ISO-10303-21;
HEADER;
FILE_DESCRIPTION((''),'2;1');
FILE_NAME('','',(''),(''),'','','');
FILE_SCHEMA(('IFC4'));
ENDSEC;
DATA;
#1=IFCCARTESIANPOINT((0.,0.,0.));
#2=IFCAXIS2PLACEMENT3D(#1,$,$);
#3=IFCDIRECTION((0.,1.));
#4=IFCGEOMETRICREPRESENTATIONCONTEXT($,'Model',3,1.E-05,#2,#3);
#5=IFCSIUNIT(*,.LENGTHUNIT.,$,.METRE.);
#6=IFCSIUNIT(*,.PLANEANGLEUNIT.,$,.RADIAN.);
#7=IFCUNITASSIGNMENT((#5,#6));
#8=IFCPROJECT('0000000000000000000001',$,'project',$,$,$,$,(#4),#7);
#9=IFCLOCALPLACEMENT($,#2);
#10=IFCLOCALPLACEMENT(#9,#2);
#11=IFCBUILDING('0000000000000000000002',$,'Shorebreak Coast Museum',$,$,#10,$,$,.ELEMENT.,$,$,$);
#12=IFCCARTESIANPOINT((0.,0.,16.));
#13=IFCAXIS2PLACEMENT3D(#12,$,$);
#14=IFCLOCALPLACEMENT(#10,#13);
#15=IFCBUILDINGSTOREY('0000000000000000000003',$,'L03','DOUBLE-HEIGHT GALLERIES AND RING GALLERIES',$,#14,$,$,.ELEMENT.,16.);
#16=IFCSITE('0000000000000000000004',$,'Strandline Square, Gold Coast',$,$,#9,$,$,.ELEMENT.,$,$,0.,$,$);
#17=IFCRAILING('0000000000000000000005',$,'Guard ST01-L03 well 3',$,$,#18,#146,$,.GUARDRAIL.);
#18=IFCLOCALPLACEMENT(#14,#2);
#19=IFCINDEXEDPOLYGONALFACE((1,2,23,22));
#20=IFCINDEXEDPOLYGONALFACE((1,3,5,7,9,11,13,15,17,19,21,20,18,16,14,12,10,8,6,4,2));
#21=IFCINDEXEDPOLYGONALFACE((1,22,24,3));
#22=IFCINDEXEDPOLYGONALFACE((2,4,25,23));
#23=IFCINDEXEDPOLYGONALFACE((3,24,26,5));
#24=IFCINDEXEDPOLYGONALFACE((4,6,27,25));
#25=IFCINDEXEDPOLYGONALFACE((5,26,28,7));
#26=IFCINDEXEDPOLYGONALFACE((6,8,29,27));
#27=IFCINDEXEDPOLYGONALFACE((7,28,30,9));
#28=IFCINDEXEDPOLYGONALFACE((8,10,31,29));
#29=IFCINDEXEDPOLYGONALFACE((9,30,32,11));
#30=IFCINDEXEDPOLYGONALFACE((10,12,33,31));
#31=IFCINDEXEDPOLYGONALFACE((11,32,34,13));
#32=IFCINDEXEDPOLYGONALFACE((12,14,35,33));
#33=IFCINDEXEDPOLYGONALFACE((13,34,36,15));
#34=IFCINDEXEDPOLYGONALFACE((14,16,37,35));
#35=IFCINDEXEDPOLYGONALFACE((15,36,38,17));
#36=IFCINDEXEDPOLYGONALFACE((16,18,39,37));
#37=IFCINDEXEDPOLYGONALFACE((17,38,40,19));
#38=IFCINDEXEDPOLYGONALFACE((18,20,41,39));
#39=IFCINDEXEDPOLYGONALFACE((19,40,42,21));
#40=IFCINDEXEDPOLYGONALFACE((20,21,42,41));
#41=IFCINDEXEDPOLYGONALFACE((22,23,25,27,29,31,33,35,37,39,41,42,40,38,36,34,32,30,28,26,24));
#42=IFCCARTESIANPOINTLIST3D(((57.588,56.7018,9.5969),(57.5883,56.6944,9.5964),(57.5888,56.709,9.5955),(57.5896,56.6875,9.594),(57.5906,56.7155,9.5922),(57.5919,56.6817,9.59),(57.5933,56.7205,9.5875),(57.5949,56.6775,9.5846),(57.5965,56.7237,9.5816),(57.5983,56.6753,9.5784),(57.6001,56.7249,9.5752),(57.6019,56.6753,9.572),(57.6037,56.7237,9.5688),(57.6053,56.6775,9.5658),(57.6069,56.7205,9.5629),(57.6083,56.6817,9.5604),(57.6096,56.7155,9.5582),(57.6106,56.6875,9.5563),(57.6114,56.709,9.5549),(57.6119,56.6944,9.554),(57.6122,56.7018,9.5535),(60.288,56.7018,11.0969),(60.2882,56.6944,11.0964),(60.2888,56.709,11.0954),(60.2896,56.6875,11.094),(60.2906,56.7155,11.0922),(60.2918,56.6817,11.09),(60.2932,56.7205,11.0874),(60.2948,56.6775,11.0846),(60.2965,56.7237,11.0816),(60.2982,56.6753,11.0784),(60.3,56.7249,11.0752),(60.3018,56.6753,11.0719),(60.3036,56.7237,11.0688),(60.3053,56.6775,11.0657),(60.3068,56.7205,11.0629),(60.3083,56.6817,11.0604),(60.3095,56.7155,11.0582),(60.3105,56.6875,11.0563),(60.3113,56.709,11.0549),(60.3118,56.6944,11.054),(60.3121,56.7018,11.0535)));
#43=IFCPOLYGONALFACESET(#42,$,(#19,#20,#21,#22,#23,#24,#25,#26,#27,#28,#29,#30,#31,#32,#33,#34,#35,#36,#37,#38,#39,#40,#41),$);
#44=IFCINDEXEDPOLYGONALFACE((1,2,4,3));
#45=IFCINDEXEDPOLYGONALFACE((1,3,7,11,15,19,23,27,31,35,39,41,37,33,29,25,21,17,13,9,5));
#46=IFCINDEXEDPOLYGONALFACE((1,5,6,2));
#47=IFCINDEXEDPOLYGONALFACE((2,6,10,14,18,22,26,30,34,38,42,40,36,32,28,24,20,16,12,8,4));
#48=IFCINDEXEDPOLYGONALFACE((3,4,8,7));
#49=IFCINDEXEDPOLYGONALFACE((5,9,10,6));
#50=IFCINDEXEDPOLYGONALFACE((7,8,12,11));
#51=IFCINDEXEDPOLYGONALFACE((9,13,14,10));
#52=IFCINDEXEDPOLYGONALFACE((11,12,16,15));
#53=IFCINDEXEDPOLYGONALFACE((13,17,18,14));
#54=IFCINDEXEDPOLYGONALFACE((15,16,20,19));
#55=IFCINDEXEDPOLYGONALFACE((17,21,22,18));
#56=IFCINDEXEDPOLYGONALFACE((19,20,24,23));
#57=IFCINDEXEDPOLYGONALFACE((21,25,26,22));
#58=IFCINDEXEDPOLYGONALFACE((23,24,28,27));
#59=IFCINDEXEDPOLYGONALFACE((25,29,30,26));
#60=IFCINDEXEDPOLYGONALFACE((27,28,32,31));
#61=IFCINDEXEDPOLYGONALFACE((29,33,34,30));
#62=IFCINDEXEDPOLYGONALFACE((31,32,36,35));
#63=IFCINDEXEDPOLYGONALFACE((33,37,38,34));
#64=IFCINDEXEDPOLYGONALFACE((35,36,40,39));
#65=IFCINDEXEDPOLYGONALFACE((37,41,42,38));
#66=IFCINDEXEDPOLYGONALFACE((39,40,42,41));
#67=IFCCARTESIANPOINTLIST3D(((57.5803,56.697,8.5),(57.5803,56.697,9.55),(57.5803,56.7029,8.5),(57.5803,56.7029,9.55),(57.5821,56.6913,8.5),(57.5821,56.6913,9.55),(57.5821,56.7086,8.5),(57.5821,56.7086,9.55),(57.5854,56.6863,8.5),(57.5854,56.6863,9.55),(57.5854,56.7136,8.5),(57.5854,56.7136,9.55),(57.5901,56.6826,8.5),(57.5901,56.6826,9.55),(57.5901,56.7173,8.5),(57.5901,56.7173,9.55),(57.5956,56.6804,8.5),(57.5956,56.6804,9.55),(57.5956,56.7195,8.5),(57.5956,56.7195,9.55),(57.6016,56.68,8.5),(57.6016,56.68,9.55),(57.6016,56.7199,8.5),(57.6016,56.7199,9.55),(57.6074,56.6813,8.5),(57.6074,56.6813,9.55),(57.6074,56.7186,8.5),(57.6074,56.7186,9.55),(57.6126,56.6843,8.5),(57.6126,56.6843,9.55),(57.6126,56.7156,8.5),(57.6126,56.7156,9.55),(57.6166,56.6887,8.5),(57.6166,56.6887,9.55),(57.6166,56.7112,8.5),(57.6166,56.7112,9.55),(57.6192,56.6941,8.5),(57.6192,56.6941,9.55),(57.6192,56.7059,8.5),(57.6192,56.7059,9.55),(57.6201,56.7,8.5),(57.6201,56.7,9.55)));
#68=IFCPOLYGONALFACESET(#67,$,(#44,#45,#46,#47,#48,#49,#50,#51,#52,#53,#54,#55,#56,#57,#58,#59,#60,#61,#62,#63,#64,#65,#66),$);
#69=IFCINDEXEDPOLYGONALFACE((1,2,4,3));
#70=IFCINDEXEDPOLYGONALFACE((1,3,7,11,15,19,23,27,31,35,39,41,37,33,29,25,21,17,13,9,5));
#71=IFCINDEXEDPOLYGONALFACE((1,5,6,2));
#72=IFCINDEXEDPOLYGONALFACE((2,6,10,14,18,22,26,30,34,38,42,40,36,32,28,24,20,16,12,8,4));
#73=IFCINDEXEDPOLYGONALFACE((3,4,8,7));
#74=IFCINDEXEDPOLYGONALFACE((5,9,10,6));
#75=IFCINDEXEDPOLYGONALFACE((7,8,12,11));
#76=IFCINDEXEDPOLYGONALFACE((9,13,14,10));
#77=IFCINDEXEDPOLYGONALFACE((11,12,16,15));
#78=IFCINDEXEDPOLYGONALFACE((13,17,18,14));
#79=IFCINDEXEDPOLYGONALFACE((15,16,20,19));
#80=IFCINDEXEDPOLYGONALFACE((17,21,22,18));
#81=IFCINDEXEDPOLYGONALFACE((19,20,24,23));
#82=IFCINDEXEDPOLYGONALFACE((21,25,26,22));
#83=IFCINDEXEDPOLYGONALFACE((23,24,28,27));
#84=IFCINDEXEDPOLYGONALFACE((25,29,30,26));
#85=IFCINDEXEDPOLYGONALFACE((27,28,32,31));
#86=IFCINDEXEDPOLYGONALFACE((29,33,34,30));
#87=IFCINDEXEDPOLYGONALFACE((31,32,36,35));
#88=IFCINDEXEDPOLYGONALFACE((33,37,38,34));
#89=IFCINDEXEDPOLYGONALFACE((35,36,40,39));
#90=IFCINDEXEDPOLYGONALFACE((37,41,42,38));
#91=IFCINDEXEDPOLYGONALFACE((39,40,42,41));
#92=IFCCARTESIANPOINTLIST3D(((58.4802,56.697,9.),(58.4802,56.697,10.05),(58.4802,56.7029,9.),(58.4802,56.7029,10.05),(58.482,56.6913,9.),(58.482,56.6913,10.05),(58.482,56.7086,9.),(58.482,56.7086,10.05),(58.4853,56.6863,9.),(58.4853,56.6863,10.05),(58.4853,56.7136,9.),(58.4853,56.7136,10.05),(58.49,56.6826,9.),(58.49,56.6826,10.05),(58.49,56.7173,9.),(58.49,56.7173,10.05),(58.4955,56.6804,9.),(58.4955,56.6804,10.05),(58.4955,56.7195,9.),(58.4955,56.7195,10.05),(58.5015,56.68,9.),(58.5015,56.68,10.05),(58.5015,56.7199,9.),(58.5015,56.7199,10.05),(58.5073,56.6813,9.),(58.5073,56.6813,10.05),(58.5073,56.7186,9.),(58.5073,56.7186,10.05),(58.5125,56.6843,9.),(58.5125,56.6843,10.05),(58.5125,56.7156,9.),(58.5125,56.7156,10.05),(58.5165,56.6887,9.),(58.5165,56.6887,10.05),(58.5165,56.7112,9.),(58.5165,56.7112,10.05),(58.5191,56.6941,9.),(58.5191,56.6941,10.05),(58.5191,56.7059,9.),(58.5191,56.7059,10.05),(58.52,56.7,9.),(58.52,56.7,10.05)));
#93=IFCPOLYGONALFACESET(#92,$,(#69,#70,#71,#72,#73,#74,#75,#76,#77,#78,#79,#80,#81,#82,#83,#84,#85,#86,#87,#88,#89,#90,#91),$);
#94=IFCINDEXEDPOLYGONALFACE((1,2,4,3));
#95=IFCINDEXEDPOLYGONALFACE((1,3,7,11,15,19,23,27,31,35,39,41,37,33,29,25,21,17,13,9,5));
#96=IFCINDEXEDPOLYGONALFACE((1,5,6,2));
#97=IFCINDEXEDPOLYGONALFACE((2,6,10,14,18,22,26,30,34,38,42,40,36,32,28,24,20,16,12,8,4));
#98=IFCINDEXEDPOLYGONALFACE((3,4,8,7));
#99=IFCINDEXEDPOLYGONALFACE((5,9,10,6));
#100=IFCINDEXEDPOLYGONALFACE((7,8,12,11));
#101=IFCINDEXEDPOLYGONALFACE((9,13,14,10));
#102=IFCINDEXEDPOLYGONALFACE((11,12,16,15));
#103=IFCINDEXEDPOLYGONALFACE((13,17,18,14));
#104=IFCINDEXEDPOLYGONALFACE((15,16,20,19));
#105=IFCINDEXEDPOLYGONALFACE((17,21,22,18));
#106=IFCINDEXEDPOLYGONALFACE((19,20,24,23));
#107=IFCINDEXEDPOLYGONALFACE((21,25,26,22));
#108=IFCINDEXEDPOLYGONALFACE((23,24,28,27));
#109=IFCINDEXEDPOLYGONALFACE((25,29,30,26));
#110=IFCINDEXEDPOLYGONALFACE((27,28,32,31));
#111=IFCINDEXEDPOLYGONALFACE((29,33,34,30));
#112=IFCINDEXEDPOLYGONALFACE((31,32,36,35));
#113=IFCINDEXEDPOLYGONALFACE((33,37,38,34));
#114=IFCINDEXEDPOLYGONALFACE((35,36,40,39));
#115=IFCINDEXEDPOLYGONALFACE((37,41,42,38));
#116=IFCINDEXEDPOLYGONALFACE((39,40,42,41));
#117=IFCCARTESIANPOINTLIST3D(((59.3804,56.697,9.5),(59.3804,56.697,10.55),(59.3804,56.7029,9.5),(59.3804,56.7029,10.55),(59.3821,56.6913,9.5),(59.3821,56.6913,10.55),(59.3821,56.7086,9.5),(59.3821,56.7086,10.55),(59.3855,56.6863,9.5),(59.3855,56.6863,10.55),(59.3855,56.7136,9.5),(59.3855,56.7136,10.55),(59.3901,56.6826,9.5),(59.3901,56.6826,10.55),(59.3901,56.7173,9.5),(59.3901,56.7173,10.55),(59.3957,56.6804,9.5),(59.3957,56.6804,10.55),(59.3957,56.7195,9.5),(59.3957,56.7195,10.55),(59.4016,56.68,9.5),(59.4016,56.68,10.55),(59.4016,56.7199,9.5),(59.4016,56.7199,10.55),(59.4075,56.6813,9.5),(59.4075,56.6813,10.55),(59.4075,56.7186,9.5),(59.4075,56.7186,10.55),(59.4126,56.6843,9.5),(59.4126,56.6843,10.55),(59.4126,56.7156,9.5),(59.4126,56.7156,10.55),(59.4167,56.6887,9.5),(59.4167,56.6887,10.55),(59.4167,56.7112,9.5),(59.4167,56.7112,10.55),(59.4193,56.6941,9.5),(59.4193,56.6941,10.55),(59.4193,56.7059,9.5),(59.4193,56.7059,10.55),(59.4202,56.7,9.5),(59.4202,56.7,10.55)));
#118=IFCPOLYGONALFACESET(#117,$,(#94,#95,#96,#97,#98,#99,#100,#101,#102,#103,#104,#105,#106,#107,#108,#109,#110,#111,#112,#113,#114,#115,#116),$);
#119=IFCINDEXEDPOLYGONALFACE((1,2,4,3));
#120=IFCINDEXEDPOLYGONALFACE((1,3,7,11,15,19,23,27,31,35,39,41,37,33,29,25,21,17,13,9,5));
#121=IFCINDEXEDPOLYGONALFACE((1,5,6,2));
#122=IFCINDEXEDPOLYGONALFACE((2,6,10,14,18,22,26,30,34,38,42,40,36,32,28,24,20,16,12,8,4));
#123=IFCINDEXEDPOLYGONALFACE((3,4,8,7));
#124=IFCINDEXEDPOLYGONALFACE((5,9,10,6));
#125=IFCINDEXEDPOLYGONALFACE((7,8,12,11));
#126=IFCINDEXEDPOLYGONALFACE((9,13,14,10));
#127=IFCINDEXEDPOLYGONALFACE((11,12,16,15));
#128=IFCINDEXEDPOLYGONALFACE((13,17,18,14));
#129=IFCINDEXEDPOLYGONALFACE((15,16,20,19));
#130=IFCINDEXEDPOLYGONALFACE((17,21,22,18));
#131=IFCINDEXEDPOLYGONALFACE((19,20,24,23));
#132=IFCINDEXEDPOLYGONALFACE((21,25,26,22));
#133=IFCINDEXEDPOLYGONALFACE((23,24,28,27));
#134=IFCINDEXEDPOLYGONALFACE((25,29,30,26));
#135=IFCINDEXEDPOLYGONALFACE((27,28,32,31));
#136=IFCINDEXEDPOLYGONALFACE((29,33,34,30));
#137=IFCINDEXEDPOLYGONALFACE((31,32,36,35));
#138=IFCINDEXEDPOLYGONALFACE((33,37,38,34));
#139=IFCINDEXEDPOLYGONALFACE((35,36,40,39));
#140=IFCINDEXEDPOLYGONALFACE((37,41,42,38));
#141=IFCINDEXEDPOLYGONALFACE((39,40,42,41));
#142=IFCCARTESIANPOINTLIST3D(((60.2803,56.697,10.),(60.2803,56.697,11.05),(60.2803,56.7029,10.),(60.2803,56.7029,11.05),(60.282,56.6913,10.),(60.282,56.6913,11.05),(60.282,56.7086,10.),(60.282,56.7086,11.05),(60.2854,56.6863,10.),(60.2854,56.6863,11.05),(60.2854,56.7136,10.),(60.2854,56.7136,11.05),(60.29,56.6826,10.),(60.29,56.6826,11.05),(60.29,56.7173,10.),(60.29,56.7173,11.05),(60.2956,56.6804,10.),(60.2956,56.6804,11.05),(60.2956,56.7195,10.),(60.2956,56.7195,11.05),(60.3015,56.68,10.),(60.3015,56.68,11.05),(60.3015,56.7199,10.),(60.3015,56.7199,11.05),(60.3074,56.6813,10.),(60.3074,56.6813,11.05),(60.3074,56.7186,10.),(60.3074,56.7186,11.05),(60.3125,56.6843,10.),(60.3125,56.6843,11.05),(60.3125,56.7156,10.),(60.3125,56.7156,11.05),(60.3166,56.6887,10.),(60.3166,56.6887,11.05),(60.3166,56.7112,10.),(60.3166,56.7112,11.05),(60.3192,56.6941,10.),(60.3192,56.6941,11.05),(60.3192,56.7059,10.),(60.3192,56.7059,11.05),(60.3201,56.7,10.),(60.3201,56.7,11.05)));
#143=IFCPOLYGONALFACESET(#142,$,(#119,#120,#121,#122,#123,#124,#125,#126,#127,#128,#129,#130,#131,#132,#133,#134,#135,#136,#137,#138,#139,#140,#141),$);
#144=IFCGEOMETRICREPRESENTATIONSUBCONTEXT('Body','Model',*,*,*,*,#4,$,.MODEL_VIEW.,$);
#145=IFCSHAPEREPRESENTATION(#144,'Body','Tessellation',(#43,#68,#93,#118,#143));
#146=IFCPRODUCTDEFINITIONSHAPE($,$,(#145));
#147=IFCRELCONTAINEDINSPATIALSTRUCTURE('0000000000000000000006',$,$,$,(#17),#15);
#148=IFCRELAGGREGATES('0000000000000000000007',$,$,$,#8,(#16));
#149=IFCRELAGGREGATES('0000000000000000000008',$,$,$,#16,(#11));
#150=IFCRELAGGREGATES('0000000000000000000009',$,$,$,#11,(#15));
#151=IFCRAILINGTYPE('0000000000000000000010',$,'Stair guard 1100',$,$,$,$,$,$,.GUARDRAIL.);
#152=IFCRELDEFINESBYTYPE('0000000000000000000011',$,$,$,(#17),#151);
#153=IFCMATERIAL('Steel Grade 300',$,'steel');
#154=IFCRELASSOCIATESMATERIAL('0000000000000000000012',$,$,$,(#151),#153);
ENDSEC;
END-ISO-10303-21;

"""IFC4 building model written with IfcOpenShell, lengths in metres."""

from ifc_helpers import new_model, si_unit, direction, frame, origin, origin_2d, place, context, subcontext, project, spatial, circle, extrude, material, type_object, element, save


model = new_model("IFC4")

# Units and contexts
model_context = context("Model", 3, precision=1e-05, world=origin(), true_north=direction((0.0, 1.0)))
body_context = subcontext(model_context, "Body", "Model", "MODEL_VIEW")
ifc_project = project(units=[si_unit("LENGTHUNIT", "METRE"), si_unit("PLANEANGLEUNIT", "RADIAN")], contexts=[model_context])

# Site, building, storey
site_placement = place(None, origin())
site = spatial("IfcSite", under=ifc_project, at=site_placement, Name="Strandline Square, Gold Coast", CompositionType="ELEMENT", RefElevation=0.0)
building_placement = place(site_placement, origin())
building = spatial("IfcBuilding", under=site, at=building_placement, Name="Shorebreak Coast Museum", CompositionType="ELEMENT")
storey_placement = place(building_placement, frame((0.0, 0.0, 16.0)))
storey = spatial("IfcBuildingStorey", under=building, at=storey_placement, Name="L03", Description="DOUBLE-HEIGHT GALLERIES AND RING GALLERIES", CompositionType="ELEMENT", Elevation=16.0)

# Railing
ifc_material_1 = material(Name="Steel Grade 300", Category="steel")
railing_type_1 = type_object("IfcRailingType", Name="Stair guard 1100", PredefinedType="GUARDRAIL", material=ifc_material_1)
for number, where, name in (
    (1, (57.6001, 56.7, 8.5), "Guard ST01-L03 well 3"),
):
    element("IfcRailing", number, at=place(storey_placement, frame(where)), inside=storey, type_object=railing_type_1, Name=name, PredefinedType="GUARDRAIL", context=body_context, shape_type="SweptSolid", body=[
        extrude(circle(Radius=0.0249, at=origin_2d()), frame((0.0, 0.0, 1.0752), z_axis=(0.874154, 0.0, 0.48565), x_axis=(0.0, 1.0, 0.0)), (0.0, 0.0, 1.0), 3.0886),
        extrude(circle(Radius=0.02, at=origin_2d()), origin(), (0.0, 0.0, 1.0), 1.05),
        extrude(circle(Radius=0.02, at=origin_2d()), frame((0.8999, 0.0, 0.5)), (0.0, 0.0, 1.0), 1.05),
        extrude(circle(Radius=0.02, at=origin_2d()), frame((1.8, 0.0, 1.0)), (0.0, 0.0, 1.0), 1.05),
        extrude(circle(Radius=0.02, at=origin_2d()), frame((2.7, 0.0, 1.5)), (0.0, 0.0, 1.0), 1.05),
    ])

save(model, "model.ifc")
